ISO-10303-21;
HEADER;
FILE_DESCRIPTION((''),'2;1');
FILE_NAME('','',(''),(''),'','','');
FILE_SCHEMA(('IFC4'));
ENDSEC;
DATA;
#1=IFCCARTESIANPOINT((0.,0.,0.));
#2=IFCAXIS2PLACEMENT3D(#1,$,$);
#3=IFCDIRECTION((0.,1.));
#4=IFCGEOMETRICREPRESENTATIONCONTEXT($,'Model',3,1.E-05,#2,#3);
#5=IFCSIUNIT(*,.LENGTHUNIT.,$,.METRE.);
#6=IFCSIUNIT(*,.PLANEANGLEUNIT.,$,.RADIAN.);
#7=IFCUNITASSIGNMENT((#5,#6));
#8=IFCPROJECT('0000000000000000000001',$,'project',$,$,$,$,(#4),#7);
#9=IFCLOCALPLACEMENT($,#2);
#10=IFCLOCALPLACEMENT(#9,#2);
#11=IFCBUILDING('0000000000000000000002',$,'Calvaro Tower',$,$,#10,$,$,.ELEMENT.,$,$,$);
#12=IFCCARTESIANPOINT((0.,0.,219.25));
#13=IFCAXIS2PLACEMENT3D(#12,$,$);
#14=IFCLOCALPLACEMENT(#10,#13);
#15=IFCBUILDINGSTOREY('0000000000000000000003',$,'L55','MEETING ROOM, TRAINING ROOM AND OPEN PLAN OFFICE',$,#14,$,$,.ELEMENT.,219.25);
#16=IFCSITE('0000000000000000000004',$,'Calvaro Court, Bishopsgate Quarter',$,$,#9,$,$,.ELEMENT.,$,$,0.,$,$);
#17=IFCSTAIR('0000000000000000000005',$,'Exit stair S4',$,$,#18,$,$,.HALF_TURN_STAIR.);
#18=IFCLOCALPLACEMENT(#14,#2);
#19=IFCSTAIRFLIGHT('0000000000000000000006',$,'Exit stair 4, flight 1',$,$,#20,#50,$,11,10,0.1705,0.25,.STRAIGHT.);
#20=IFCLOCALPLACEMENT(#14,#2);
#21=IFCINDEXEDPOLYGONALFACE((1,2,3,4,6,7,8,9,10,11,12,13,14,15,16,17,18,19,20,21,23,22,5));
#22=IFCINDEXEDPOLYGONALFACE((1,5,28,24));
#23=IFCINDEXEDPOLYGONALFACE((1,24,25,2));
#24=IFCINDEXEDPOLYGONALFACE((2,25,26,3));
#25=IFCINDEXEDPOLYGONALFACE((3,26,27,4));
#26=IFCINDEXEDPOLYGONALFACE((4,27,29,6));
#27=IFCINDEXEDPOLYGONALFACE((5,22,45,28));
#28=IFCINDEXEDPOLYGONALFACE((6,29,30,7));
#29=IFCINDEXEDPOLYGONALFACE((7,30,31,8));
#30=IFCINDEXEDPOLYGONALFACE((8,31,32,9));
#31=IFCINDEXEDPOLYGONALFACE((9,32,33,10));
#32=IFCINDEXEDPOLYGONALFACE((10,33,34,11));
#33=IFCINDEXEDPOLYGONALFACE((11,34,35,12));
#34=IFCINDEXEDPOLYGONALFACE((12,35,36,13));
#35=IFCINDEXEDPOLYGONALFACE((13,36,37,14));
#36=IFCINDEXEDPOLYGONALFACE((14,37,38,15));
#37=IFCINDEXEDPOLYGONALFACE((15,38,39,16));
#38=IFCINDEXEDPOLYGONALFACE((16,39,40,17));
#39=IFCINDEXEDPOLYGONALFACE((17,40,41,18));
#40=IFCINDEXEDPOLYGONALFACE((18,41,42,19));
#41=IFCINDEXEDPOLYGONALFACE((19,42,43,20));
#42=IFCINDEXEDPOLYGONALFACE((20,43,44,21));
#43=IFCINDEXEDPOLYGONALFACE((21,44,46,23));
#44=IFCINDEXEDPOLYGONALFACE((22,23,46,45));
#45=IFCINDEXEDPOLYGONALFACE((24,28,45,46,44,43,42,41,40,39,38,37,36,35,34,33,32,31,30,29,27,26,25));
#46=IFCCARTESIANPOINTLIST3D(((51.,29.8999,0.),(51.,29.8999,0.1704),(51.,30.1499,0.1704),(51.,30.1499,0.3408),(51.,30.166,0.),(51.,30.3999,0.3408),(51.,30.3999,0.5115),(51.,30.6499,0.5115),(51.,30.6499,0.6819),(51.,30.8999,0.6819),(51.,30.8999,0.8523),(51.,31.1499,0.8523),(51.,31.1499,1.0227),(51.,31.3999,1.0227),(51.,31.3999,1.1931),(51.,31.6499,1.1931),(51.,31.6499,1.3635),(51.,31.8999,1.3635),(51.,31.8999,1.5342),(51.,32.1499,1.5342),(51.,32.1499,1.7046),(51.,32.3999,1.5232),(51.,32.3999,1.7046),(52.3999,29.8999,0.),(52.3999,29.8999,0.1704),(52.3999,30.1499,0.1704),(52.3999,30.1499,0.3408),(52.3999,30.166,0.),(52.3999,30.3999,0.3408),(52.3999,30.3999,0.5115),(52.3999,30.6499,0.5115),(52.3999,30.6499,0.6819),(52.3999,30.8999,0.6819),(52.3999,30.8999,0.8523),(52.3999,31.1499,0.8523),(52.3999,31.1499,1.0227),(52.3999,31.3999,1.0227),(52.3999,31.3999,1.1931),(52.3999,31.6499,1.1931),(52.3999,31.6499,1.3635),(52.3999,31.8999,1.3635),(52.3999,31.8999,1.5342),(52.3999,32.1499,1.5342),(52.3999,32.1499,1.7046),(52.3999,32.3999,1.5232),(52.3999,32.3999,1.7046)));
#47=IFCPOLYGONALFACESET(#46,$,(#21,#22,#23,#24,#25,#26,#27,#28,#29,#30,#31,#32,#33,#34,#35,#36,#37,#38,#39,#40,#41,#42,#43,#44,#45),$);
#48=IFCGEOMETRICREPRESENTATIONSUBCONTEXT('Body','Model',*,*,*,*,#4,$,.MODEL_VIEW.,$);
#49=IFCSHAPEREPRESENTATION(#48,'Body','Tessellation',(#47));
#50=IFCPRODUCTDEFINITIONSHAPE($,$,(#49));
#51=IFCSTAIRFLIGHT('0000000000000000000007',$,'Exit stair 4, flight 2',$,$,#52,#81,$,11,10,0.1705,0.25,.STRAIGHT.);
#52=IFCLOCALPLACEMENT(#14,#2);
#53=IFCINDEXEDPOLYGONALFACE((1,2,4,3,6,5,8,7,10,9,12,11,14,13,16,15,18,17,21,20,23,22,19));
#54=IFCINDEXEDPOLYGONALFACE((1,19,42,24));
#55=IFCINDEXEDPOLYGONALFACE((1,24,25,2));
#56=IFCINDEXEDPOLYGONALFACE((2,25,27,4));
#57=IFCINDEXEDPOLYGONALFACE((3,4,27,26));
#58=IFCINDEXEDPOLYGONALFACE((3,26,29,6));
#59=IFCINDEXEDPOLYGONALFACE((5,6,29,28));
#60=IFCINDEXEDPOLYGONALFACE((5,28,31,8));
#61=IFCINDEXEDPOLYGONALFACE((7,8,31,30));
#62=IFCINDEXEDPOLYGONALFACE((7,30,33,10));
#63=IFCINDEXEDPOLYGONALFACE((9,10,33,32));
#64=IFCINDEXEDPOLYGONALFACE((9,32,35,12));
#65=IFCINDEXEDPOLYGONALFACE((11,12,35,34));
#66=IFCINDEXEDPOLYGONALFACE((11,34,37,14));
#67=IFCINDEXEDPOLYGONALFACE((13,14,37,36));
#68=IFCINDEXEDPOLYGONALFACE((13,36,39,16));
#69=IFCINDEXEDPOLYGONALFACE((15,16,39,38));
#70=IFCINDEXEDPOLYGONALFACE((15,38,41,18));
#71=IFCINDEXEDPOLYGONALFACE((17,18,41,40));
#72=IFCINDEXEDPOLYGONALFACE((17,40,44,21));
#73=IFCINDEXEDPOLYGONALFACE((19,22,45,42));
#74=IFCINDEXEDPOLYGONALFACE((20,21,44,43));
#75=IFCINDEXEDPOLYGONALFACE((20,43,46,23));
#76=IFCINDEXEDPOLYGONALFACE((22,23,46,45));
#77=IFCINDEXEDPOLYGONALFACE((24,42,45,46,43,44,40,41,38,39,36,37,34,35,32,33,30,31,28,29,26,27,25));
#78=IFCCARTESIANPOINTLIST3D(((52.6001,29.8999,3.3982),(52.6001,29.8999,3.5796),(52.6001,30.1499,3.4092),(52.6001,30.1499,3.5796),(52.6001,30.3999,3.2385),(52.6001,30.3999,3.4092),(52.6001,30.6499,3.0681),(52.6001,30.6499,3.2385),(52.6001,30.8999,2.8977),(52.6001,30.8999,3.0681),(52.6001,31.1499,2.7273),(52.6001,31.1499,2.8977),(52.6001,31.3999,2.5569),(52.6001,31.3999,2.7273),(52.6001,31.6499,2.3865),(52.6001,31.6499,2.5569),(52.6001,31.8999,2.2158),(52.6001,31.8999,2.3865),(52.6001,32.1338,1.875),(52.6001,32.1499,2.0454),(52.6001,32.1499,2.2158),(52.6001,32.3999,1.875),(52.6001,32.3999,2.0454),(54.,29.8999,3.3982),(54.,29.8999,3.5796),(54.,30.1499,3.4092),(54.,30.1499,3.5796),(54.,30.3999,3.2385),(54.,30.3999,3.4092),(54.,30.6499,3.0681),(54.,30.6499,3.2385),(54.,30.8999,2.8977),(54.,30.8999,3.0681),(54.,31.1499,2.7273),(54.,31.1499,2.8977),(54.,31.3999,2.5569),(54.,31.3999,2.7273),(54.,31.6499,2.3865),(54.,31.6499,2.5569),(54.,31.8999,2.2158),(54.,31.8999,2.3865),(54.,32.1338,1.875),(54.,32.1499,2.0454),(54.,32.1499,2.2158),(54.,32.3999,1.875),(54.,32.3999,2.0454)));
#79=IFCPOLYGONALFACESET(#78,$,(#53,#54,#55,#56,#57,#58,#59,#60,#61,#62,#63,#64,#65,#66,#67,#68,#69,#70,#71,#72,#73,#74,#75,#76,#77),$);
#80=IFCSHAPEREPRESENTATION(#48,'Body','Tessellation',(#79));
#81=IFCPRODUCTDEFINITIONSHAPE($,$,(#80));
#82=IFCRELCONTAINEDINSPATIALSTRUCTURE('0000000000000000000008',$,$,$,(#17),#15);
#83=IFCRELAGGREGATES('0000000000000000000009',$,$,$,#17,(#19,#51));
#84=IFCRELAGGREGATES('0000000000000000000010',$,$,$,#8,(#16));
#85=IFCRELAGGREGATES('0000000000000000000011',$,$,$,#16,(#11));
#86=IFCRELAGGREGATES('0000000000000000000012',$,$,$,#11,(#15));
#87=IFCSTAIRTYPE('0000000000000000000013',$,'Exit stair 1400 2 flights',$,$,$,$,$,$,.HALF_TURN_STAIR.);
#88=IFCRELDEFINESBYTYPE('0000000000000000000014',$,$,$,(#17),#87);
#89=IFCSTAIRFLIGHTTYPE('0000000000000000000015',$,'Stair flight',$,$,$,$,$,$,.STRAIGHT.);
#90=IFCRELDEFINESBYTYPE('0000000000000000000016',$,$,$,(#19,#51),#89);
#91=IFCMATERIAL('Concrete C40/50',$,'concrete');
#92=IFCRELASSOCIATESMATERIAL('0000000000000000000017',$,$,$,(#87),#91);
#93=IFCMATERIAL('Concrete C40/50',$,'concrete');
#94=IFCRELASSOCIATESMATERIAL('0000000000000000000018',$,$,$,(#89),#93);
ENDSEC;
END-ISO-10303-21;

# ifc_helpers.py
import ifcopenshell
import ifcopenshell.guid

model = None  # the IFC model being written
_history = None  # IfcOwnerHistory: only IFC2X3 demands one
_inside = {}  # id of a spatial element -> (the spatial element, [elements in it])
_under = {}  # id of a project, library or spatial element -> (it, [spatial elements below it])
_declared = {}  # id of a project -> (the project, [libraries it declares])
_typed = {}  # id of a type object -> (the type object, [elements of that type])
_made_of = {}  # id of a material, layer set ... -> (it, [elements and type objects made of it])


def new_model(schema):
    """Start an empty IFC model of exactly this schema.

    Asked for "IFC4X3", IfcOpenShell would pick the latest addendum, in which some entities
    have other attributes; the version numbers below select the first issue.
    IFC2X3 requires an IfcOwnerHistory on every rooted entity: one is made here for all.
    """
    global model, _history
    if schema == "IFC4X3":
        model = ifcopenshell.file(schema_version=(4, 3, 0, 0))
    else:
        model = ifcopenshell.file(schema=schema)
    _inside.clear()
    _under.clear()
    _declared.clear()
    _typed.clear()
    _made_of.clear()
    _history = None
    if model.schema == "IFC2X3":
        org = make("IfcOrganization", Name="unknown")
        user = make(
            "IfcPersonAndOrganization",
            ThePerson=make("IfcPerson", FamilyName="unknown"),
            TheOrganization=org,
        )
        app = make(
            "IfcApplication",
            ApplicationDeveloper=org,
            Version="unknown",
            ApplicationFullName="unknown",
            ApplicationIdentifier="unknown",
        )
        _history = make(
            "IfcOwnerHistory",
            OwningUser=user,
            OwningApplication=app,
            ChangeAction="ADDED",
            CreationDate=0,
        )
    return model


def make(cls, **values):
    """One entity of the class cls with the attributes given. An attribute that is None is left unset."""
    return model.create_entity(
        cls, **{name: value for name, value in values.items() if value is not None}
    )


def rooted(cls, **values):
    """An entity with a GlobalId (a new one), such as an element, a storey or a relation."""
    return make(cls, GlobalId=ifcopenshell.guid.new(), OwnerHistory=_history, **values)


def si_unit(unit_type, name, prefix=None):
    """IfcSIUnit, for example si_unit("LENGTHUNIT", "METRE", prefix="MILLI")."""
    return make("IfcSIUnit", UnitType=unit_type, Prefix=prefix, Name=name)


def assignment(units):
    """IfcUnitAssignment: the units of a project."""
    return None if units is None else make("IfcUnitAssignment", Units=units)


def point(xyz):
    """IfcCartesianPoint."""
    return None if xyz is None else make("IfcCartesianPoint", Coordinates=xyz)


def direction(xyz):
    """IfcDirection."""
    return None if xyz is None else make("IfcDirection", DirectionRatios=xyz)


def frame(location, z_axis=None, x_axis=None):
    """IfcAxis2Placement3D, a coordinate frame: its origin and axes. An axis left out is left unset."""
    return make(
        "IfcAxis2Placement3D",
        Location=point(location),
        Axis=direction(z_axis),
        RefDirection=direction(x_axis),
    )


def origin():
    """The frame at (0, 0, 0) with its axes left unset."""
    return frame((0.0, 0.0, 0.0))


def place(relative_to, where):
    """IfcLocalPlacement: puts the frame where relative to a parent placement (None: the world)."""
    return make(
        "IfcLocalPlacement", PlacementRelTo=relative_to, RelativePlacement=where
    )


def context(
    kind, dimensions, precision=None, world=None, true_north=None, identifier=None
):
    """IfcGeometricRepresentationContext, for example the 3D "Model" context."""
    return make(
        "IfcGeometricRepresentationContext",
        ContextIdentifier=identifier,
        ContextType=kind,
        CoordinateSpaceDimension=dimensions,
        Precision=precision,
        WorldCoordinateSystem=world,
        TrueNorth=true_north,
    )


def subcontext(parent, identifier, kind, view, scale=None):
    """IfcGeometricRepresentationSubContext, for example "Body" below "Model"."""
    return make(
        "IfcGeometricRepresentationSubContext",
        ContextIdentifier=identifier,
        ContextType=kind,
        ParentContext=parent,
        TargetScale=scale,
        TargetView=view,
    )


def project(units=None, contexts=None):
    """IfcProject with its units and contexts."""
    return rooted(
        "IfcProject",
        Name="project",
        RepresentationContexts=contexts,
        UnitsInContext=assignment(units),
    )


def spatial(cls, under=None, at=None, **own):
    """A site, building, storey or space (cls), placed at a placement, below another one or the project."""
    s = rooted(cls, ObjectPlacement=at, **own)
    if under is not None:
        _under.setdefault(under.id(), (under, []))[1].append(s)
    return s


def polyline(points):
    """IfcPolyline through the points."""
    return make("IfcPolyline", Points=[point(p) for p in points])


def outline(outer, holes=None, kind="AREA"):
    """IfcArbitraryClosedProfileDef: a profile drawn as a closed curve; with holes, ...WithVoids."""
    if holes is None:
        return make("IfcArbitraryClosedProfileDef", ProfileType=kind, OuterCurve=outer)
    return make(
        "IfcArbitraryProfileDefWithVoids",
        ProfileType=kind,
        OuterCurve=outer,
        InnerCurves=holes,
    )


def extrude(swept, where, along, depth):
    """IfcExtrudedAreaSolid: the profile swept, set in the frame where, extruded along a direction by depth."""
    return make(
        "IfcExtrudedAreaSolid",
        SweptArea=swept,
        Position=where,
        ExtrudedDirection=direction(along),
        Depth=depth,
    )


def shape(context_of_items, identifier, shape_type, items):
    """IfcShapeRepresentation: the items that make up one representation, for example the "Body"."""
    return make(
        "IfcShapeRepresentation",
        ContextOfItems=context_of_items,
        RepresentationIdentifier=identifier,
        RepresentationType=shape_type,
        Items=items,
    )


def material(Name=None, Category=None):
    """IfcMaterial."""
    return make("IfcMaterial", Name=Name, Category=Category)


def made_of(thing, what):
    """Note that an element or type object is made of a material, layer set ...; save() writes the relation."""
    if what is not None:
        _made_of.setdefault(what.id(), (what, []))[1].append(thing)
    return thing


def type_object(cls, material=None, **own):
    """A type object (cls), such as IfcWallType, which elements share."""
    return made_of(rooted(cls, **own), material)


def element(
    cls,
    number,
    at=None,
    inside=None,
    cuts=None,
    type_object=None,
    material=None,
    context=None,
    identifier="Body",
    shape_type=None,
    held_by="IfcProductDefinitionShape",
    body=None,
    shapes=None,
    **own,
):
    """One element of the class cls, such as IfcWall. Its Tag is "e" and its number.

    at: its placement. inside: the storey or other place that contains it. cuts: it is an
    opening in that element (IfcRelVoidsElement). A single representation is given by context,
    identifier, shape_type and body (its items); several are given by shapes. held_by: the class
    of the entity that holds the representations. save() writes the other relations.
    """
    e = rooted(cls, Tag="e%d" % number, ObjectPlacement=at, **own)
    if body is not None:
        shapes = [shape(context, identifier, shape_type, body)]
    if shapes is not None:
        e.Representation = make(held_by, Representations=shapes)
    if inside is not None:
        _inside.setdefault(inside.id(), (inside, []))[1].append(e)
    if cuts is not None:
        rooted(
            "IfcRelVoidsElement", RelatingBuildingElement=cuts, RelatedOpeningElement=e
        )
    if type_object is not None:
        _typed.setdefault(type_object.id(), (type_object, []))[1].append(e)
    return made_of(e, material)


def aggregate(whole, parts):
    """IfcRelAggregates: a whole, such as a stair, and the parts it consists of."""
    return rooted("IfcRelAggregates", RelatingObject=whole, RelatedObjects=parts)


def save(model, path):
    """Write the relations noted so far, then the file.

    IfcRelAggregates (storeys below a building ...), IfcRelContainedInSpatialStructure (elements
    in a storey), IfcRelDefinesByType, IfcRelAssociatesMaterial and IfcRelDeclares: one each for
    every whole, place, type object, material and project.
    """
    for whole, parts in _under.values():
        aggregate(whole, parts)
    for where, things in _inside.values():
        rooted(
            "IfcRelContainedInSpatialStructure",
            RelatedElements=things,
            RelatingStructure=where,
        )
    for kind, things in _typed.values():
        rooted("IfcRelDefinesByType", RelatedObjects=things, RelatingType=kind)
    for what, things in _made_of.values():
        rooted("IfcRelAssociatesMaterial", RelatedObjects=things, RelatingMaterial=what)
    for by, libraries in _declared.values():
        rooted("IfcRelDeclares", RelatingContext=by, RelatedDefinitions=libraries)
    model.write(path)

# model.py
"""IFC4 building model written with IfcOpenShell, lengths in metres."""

from ifc_helpers import new_model, si_unit, direction, frame, origin, place, context, subcontext, project, spatial, polyline, outline, extrude, material, type_object, element, aggregate, save


model = new_model("IFC4")

# Units and contexts
model_context = context("Model", 3, precision=1e-05, world=origin(), true_north=direction((0.0, 1.0)))
body_context = subcontext(model_context, "Body", "Model", "MODEL_VIEW")
ifc_project = project(units=[si_unit("LENGTHUNIT", "METRE"), si_unit("PLANEANGLEUNIT", "RADIAN")], contexts=[model_context])

# Site, building, storey
site_placement = place(None, origin())
site = spatial("IfcSite", under=ifc_project, at=site_placement, Name="Calvaro Court, Bishopsgate Quarter", CompositionType="ELEMENT", RefElevation=0.0)
building_placement = place(site_placement, origin())
building = spatial("IfcBuilding", under=site, at=building_placement, Name="Calvaro Tower", CompositionType="ELEMENT")
storey_placement = place(building_placement, frame((0.0, 0.0, 219.25)))
storey = spatial("IfcBuildingStorey", under=building, at=storey_placement, Name="L55", Description="MEETING ROOM, TRAINING ROOM AND OPEN PLAN OFFICE", CompositionType="ELEMENT", Elevation=219.25)

# Shared definitions
ifc_material_1 = material(Name="Concrete C40/50", Category="concrete")
stair_type = type_object("IfcStairType", Name="Exit stair 1400 2 flights", PredefinedType="HALF_TURN_STAIR", material=ifc_material_1)
ifc_material_2 = material(Name="Concrete C40/50", Category="concrete")
stair_flight_type = type_object("IfcStairFlightType", Name="Stair flight", PredefinedType="STRAIGHT", material=ifc_material_2)

# Stair, stair flights
stair_1_placement = place(storey_placement, origin())
stair_1 = element("IfcStair", 1, at=stair_1_placement, inside=storey, type_object=stair_type, Name="Exit stair S4", PredefinedType="HALF_TURN_STAIR")
stair_flight_1_placement = place(storey_placement, frame((51.7, 29.8999, 0.0), z_axis=(0.0, 0.0, 1.0), x_axis=(0.0, 1.0, 0.0)))
stair_flight_1 = element("IfcStairFlight", 2, at=stair_flight_1_placement, type_object=stair_flight_type, Name="Exit stair 4, flight 1", NumberOfRisers=11, NumberOfTreads=10, PredefinedType="STRAIGHT", RiserHeight=0.1705, TreadLength=0.25, context=body_context, shape_type="SweptSolid", body=[
    extrude(outline(polyline([(0.0, 0.0), (0.0, 0.1704), (0.25, 0.1704), (0.25, 0.3408), (0.5, 0.3408), (0.5, 0.5115), (0.75, 0.5115), (0.75, 0.6819), (1.0, 0.6819), (1.0, 0.8523), (1.25, 0.8523), (1.25, 1.0227), (1.5, 1.0227), (1.5, 1.1931), (1.75, 1.1931), (1.75, 1.3635), (2.0, 1.3635), (2.0, 1.5342), (2.25, 1.5342), (2.25, 1.7046), (2.5, 1.7046), (2.5, 1.875), (2.5, 1.5232), (0.2661, 0.0), (0.0, 0.0)])), frame((0.0, 0.7, 0.0), z_axis=(0.0, -1.0, 0.0), x_axis=(1.0, 0.0, 0.0)), (0.0, 0.0, 1.0), 1.3999),
])
stair_flight_2_placement = place(storey_placement, frame((53.3, 32.3999, 1.875), z_axis=(0.0, 0.0, 1.0), x_axis=(0.0, -1.0, 0.0)))
stair_flight_2 = element("IfcStairFlight", 3, at=stair_flight_2_placement, type_object=stair_flight_type, Name="Exit stair 4, flight 2", NumberOfRisers=11, NumberOfTreads=10, PredefinedType="STRAIGHT", RiserHeight=0.1705, TreadLength=0.25, context=body_context, shape_type="SweptSolid", body=[
    extrude(outline(polyline([(0.0, 0.0), (0.0, 0.1704), (0.25, 0.1704), (0.25, 0.3408), (0.5, 0.3408), (0.5, 0.5115), (0.75, 0.5115), (0.75, 0.6819), (1.0, 0.6819), (1.0, 0.8523), (1.25, 0.8523), (1.25, 1.0227), (1.5, 1.0227), (1.5, 1.1931), (1.75, 1.1931), (1.75, 1.3635), (2.0, 1.3635), (2.0, 1.5342), (2.25, 1.5342), (2.25, 1.7046), (2.5, 1.7046), (2.5, 1.875), (2.5, 1.5232), (0.2661, 0.0), (0.0, 0.0)])), frame((0.0, 0.7, 0.0), z_axis=(0.0, -1.0, 0.0), x_axis=(1.0, 0.0, 0.0)), (0.0, 0.0, 1.0), 1.3999),
])

aggregate(stair_1, [stair_flight_1, stair_flight_2])

save(model, "model.ifc")
